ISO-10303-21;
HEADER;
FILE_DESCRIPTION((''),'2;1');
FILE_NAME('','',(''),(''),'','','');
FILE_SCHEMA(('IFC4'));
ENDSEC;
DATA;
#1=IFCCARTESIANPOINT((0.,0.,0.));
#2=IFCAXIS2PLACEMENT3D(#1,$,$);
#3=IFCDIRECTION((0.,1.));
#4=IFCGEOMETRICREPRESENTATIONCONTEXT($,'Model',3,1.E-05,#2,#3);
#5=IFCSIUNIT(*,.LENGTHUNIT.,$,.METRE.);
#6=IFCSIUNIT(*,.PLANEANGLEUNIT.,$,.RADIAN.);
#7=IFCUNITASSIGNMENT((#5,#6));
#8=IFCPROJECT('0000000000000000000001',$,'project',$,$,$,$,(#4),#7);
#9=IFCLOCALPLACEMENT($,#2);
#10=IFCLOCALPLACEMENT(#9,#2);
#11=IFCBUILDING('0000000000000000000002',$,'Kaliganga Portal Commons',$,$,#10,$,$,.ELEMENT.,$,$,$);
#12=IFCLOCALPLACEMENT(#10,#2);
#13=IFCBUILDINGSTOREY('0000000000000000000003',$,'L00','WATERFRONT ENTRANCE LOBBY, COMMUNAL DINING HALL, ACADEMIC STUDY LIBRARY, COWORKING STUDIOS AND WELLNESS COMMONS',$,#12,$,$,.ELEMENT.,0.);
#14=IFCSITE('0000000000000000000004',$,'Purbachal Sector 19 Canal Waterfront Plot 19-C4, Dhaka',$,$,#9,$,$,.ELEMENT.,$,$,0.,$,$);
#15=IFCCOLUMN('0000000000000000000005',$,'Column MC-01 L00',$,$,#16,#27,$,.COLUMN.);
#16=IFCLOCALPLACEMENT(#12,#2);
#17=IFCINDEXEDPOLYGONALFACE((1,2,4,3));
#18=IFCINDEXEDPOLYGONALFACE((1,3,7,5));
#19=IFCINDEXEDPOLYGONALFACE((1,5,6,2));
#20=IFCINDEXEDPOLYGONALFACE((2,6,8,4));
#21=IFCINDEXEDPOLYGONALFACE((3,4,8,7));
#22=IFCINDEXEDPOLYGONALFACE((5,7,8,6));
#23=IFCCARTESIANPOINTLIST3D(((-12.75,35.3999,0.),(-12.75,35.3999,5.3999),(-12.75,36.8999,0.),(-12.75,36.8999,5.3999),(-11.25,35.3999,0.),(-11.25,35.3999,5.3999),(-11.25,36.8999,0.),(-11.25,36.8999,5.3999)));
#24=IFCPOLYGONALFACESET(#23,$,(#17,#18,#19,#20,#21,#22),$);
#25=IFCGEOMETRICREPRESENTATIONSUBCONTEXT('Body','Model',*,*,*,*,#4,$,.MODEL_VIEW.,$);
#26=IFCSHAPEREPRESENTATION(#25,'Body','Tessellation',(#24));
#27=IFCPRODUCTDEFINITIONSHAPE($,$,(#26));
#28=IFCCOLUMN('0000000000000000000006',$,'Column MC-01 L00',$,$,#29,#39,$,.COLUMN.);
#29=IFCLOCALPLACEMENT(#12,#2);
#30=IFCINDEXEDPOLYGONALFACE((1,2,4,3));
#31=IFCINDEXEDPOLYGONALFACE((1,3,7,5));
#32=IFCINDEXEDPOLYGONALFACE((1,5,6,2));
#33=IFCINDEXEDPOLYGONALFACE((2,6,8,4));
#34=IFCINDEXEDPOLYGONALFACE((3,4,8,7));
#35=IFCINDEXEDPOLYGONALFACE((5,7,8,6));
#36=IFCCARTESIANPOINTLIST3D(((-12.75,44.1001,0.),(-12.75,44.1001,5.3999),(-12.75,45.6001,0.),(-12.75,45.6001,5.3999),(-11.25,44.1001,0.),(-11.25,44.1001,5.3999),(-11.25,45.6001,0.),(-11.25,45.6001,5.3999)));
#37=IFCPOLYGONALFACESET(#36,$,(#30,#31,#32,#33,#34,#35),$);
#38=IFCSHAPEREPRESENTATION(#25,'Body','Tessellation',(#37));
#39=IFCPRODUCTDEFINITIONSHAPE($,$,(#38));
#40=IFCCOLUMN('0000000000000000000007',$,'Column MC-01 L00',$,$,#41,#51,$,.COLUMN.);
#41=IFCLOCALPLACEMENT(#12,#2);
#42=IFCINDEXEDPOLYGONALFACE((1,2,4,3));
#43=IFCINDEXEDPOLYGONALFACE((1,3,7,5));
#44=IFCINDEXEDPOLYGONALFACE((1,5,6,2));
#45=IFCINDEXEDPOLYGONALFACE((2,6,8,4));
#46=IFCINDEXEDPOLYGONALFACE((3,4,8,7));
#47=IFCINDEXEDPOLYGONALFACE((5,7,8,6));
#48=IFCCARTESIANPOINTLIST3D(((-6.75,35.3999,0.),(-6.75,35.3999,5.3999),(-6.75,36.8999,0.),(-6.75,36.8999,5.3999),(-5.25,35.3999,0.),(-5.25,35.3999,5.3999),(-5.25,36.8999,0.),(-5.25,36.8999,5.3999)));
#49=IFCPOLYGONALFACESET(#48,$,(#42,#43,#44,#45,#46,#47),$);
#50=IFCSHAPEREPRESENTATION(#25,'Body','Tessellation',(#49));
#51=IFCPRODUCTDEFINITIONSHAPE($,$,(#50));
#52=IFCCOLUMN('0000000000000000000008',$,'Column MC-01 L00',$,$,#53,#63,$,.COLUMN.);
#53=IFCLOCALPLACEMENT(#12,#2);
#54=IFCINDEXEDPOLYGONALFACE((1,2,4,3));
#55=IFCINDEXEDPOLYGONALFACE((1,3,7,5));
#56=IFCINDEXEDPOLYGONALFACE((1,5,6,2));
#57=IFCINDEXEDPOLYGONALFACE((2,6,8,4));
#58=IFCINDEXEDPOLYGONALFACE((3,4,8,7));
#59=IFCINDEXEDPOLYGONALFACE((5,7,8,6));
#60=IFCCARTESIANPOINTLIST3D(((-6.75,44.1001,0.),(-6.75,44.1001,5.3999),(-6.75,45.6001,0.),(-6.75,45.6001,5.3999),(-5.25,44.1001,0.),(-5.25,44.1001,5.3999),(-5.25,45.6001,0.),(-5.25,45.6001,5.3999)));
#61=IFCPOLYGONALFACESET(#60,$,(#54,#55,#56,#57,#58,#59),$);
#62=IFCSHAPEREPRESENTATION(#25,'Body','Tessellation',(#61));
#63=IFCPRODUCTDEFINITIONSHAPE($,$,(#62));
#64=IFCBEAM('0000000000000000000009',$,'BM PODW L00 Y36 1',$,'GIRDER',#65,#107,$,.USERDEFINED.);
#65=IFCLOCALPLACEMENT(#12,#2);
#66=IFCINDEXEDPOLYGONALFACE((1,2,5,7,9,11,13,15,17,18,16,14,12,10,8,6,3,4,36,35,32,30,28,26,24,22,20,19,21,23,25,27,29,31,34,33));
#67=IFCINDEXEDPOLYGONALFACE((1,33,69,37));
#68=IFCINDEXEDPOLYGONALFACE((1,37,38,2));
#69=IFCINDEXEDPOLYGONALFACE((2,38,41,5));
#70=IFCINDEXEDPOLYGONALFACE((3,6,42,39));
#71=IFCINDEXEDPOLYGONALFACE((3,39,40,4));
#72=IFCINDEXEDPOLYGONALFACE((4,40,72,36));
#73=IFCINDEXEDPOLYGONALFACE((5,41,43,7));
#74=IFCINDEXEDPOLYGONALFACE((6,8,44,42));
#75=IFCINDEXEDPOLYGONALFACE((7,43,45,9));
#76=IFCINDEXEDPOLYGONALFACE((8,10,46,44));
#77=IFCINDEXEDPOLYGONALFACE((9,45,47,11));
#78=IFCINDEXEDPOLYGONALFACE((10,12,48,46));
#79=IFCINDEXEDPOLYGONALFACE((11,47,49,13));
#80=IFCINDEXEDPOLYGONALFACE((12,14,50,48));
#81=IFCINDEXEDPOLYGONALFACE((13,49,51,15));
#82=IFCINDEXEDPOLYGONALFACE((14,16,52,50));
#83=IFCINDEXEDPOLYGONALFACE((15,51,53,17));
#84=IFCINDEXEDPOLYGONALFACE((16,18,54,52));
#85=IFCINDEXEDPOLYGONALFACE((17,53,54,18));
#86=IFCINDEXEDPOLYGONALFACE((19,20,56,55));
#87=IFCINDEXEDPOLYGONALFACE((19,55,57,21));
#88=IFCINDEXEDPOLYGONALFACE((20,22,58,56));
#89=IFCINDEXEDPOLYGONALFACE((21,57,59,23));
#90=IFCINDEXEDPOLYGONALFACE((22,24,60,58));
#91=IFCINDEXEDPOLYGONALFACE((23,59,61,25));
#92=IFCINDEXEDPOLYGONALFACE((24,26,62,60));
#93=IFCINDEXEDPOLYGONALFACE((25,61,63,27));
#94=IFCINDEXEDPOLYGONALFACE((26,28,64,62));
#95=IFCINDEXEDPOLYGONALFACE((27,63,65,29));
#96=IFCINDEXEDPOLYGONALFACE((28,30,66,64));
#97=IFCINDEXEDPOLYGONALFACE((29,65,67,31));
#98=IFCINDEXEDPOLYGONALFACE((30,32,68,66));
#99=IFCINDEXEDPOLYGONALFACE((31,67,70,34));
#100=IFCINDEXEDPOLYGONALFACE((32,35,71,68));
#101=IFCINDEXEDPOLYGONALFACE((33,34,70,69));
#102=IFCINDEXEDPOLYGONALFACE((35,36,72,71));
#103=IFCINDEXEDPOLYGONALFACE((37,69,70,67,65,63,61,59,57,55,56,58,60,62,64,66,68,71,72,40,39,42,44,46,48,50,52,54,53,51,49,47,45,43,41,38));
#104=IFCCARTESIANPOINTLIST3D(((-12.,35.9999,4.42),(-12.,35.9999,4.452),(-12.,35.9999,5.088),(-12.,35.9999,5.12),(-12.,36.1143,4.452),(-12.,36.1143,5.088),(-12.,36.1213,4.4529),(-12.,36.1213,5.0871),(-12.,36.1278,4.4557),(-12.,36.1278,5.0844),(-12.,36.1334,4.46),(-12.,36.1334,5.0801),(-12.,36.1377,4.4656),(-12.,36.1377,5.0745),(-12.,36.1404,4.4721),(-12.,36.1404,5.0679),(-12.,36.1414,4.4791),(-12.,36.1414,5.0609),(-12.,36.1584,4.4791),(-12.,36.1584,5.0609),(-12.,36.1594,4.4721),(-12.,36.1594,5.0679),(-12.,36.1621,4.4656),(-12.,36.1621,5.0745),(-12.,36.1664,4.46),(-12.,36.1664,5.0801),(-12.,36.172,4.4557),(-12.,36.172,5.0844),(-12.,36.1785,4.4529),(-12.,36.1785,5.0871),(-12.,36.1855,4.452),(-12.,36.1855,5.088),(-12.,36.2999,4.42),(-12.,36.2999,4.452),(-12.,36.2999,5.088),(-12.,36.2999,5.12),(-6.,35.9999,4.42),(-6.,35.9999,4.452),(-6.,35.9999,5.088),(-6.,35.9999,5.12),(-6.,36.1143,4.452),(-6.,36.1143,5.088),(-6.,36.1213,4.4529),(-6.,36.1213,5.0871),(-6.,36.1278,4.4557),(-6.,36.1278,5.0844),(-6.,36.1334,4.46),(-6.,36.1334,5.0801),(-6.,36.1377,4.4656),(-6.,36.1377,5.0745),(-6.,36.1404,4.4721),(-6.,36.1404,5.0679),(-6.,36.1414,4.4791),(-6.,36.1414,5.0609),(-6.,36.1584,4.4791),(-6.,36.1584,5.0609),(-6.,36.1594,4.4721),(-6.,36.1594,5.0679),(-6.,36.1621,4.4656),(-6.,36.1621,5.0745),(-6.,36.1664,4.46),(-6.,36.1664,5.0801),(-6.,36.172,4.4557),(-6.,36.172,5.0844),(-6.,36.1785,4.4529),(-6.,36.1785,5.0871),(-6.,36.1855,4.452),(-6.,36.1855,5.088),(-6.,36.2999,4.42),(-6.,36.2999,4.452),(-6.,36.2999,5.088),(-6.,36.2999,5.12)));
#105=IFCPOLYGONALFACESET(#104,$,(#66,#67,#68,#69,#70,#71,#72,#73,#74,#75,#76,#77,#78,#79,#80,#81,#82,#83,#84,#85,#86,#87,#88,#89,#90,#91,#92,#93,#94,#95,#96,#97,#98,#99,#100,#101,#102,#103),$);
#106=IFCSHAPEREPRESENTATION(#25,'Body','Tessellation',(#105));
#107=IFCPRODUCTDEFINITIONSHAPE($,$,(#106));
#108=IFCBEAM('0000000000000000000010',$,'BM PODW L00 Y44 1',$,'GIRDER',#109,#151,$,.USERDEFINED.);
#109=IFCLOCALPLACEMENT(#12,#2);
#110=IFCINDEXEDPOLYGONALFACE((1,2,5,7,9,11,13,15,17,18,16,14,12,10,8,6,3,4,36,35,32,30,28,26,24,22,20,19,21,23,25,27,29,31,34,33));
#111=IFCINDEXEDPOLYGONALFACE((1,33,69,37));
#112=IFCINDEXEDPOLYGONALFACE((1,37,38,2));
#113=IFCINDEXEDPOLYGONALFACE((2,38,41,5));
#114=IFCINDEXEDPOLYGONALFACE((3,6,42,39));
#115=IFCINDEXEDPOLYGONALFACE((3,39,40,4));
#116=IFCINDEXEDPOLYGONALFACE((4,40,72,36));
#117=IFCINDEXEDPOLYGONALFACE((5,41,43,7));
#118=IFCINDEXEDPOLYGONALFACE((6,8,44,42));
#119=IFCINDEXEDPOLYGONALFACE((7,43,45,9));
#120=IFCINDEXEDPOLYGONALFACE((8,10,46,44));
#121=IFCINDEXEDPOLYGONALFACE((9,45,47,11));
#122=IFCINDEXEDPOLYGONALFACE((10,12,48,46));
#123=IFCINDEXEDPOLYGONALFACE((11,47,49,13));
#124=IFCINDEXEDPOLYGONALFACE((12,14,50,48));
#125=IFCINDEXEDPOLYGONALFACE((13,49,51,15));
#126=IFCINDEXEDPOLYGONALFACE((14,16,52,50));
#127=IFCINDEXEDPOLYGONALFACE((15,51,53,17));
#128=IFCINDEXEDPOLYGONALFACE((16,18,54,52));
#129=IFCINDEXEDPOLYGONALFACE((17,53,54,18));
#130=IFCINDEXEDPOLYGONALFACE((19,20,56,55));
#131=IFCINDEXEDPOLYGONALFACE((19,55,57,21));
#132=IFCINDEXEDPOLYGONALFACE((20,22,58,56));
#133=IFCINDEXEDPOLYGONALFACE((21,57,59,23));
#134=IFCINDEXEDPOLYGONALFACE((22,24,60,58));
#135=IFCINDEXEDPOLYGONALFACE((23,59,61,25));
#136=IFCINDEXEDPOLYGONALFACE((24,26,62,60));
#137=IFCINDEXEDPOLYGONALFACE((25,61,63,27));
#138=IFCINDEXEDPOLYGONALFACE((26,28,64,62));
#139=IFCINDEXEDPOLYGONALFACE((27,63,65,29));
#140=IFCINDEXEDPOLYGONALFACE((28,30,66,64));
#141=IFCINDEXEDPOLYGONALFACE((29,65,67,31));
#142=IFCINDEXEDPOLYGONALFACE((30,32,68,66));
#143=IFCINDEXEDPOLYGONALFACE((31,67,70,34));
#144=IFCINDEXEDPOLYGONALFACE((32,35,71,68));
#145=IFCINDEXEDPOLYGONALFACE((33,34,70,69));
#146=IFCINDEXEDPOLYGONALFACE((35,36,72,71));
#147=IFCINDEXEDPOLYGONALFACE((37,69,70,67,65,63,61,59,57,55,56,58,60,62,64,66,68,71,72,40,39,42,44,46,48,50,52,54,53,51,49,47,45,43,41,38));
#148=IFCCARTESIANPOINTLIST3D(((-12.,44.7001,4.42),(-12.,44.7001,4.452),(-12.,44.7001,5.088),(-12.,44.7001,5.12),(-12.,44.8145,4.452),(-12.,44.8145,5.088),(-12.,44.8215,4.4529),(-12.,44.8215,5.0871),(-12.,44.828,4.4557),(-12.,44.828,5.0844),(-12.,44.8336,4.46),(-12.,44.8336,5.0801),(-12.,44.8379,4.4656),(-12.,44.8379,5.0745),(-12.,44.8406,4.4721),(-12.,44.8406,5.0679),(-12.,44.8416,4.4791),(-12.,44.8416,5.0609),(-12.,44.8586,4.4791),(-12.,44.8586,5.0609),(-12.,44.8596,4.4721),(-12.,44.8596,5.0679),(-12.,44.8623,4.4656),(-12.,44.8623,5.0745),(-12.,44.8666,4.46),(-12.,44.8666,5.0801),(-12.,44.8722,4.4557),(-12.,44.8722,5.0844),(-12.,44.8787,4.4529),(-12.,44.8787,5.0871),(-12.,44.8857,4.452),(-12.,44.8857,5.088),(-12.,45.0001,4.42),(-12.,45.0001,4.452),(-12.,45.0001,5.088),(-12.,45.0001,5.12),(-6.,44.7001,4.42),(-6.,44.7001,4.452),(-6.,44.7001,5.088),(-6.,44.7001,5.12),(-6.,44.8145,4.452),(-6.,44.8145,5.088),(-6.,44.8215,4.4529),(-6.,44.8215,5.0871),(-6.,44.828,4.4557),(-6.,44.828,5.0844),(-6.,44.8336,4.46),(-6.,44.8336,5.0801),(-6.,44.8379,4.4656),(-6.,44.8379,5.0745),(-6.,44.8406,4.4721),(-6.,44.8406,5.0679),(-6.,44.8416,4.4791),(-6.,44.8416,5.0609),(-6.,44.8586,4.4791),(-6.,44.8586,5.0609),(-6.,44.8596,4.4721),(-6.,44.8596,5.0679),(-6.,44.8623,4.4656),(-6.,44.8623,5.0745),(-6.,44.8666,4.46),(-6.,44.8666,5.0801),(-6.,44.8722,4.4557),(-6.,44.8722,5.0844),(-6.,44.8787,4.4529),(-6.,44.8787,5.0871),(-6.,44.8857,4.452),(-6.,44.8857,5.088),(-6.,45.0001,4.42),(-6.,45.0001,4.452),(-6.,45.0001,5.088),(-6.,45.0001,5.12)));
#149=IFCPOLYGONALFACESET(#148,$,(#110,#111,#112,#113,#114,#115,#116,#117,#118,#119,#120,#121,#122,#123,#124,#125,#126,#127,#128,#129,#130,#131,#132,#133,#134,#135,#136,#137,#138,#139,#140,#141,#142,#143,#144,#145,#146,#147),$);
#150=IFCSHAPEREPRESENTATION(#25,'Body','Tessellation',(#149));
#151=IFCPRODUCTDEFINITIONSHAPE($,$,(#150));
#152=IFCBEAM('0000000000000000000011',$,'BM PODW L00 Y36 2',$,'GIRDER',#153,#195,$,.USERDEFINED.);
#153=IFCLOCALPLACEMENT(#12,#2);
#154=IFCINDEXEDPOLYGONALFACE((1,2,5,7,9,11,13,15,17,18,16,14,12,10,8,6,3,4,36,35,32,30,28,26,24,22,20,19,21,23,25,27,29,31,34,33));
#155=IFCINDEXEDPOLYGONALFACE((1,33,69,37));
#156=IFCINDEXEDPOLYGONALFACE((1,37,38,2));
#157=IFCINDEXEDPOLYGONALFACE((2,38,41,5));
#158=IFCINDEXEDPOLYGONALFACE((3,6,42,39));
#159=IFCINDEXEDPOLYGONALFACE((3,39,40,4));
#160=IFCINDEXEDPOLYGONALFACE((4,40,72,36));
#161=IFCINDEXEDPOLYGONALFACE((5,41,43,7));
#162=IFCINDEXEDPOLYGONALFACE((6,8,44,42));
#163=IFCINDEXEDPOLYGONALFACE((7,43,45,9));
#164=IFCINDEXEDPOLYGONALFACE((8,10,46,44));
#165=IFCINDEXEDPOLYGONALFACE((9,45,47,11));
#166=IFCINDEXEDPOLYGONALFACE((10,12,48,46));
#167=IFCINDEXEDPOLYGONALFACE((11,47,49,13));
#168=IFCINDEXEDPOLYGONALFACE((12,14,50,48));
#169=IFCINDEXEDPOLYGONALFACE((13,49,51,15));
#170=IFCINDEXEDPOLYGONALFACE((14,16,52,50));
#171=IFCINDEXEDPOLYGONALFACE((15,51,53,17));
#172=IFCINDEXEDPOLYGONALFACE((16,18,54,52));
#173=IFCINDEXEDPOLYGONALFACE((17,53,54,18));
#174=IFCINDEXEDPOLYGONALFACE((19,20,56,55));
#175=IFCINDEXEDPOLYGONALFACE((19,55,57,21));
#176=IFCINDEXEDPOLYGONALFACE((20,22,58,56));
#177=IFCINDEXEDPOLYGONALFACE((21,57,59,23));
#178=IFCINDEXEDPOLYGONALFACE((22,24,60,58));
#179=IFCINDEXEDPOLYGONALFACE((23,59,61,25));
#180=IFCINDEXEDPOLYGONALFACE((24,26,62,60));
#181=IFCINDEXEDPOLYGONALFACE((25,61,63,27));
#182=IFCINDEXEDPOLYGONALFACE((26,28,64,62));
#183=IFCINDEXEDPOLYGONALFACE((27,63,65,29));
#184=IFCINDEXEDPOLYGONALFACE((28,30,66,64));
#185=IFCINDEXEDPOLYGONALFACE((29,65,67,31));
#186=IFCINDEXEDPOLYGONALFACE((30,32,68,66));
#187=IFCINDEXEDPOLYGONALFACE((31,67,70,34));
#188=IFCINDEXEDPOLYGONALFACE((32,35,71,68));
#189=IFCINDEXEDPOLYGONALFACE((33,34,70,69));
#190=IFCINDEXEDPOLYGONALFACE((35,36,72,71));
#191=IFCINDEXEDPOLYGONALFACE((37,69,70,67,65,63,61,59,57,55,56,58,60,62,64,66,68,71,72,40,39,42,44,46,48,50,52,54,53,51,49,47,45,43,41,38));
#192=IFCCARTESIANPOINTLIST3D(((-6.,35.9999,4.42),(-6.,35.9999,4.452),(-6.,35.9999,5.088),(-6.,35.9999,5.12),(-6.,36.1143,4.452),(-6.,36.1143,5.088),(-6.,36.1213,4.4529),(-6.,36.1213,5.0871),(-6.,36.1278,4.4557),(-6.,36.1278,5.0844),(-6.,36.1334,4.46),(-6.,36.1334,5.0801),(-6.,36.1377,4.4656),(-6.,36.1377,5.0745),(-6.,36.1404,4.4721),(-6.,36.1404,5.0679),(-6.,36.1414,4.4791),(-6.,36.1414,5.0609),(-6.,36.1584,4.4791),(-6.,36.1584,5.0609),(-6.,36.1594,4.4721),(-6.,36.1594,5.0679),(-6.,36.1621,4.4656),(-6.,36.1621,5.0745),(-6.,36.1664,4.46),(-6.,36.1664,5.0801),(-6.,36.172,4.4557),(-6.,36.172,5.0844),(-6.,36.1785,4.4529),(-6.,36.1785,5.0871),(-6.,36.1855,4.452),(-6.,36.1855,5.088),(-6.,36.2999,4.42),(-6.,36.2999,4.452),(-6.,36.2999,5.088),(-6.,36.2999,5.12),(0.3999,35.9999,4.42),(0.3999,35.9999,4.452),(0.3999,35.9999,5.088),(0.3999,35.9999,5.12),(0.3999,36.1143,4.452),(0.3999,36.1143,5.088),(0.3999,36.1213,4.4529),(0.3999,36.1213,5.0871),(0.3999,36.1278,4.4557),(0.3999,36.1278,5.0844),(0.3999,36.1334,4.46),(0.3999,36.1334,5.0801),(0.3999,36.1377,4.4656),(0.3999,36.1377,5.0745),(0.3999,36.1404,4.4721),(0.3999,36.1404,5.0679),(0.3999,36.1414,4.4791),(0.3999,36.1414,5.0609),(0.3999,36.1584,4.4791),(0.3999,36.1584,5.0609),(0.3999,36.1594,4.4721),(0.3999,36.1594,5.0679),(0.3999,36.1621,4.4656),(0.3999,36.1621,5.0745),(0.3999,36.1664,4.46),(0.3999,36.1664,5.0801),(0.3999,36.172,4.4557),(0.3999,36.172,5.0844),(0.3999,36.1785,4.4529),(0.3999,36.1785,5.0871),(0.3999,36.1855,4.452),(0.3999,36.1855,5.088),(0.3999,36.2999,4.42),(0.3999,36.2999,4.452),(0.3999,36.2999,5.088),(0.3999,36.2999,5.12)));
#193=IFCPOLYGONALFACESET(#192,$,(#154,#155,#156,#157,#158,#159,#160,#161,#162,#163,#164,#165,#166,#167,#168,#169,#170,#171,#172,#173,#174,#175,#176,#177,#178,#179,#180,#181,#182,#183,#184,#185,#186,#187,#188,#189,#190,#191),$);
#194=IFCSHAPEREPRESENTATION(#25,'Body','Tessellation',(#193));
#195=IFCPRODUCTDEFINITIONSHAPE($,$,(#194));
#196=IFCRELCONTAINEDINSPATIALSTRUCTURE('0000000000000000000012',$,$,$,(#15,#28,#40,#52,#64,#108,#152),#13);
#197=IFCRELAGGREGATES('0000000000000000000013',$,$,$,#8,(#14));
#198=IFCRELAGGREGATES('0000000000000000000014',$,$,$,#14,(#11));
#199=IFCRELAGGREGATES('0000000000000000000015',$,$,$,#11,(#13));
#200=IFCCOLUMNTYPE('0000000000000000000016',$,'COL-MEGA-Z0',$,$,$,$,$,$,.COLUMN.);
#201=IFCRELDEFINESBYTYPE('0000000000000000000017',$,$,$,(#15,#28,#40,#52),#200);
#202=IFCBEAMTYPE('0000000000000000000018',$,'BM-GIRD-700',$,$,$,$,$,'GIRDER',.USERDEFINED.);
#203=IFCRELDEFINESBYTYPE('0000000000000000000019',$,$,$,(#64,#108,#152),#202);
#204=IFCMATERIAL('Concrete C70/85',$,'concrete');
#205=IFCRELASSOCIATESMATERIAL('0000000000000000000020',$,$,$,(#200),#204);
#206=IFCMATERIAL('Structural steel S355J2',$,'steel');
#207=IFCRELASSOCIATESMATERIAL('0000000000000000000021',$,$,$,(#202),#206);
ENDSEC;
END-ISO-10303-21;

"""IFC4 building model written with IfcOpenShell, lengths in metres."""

from ifc_helpers import new_model, si_unit, direction, frame, origin, origin_2d, place, context, subcontext, project, spatial, rectangle, i_section, extrude, source, transform, mapped, material, material_profile, profile_set, type_object, element, save


model = new_model("IFC4")

# Units and contexts
model_context = context("Model", 3, precision=1e-05, world=origin(), true_north=direction((0.0, 1.0)))
body_context = subcontext(model_context, "Body", "Model", "MODEL_VIEW")
ifc_project = project(units=[si_unit("LENGTHUNIT", "METRE"), si_unit("PLANEANGLEUNIT", "RADIAN")], contexts=[model_context])

# Site, building, storey
site_placement = place(None, origin())
site = spatial("IfcSite", under=ifc_project, at=site_placement, Name="Purbachal Sector 19 Canal Waterfront Plot 19-C4, Dhaka", CompositionType="ELEMENT", RefElevation=0.0)
building_placement = place(site_placement, origin())
building = spatial("IfcBuilding", under=site, at=building_placement, Name="Kaliganga Portal Commons", CompositionType="ELEMENT")
storey_placement = place(building_placement, origin())
storey = spatial("IfcBuildingStorey", under=building, at=storey_placement, Name="L00", Description="WATERFRONT ENTRANCE LOBBY, COMMUNAL DINING HALL, ACADEMIC STUDY LIBRARY, COWORKING STUDIOS AND WELLNESS COMMONS", CompositionType="ELEMENT", Elevation=0.0)

# Columns
ifc_material_1 = material(Name="Concrete C70/85", Category="concrete")
ifc_material_profile_1 = material_profile(ifc_material_1, rectangle(XDim=1.5, YDim=1.5, at=origin_2d()), Name="RC 1500x1500")
ifc_profile_set_1 = profile_set([ifc_material_profile_1], Name="Concrete C70/85")
column_type = type_object("IfcColumnType", Name="COL-MEGA-Z0", PredefinedType="COLUMN", material=ifc_profile_set_1)
shared_shape_1 = source(origin(), body_context, "Body", "SweptSolid", [
    extrude(rectangle(XDim=1.5, YDim=1.5, at=origin_2d()), origin(), (0.0, 0.0, 1.0), 5.3999),
])
for number, where, z_axis, x_axis, name in (
    (1, (-12.0, 36.1499, 0.0), (0.0, 0.0, 1.0), (1.0, 0.0, 0.0), "Column MC-01 L00"),
    (2, (-12.0, 44.8501, 0.0), (0.0, 0.0, 1.0), (1.0, 0.0, 0.0), "Column MC-01 L00"),
    (3, (-6.0, 36.1499, 0.0), (0.0, 0.0, 1.0), (1.0, 0.0, 0.0), "Column MC-01 L00"),
    (4, (-6.0, 44.8501, 0.0), (0.0, 0.0, 1.0), (1.0, 0.0, 0.0), "Column MC-01 L00"),
):
    element("IfcColumn", number, at=place(storey_placement, frame(where, z_axis=z_axis, x_axis=x_axis)), inside=storey, type_object=column_type, Name=name, PredefinedType="COLUMN", context=body_context, shape_type="MappedRepresentation", body=[
        mapped(shared_shape_1, transform((0.0, 0.0, 0.0), x_axis=(1.0, 0.0, 0.0), y_axis=(0.0, 1.0, 0.0), z_axis=(0.0, 0.0, 1.0), scale=1.0)),
    ])

# Beams
ifc_material_2 = material(Name="Structural steel S355J2", Category="steel")
ifc_material_profile_2 = material_profile(ifc_material_2, i_section(OverallWidth=0.3, OverallDepth=0.7, WebThickness=0.0171, FlangeThickness=0.032, FilletRadius=0.0271, at=origin_2d()), Name="HE 700 B")
ifc_profile_set_2 = profile_set([ifc_material_profile_2], Name="Structural steel S355J2 wide-flange")
beam_type_1 = type_object("IfcBeamType", Name="BM-GIRD-700", ElementType="GIRDER", PredefinedType="USERDEFINED", material=ifc_profile_set_2)
shared_shape_2 = source(origin(), body_context, "Body", "SweptSolid", [
    extrude(i_section(OverallWidth=0.3, OverallDepth=0.7, WebThickness=0.0171, FlangeThickness=0.032, FilletRadius=0.0271, at=origin_2d()), origin(), (0.0, 0.0, 1.0), 6.0),
])
for number, where, z_axis, x_axis, name in (
    (5, (-12.0, 36.1499, 4.77), (1.0, 0.0, 0.0), (0.0, 1.0, 0.0), "BM PODW L00 Y36 1"),
    (6, (-12.0, 44.8501, 4.77), (1.0, 0.0, 0.0), (0.0, 1.0, 0.0), "BM PODW L00 Y44 1"),
):
    element("IfcBeam", number, at=place(storey_placement, frame(where, z_axis=z_axis, x_axis=x_axis)), inside=storey, type_object=beam_type_1, Name=name, ObjectType="GIRDER", PredefinedType="USERDEFINED", context=body_context, shape_type="MappedRepresentation", body=[
        mapped(shared_shape_2, transform((0.0, 0.0, 0.0), x_axis=(1.0, 0.0, 0.0), y_axis=(0.0, 1.0, 0.0), z_axis=(0.0, 0.0, 1.0), scale=1.0)),
    ])
shared_shape_3 = source(origin(), body_context, "Body", "SweptSolid", [
    extrude(i_section(OverallWidth=0.3, OverallDepth=0.7, WebThickness=0.0171, FlangeThickness=0.032, FilletRadius=0.0271, at=origin_2d()), origin(), (0.0, 0.0, 1.0), 6.3999),
])
for number, where, z_axis, x_axis, name in (
    (7, (-6.0, 36.1499, 4.77), (1.0, 0.0, 0.0), (0.0, 1.0, 0.0), "BM PODW L00 Y36 2"),
):
    element("IfcBeam", number, at=place(storey_placement, frame(where, z_axis=z_axis, x_axis=x_axis)), inside=storey, type_object=beam_type_1, Name=name, ObjectType="GIRDER", PredefinedType="USERDEFINED", context=body_context, shape_type="MappedRepresentation", body=[
        mapped(shared_shape_3, transform((0.0, 0.0, 0.0), x_axis=(1.0, 0.0, 0.0), y_axis=(0.0, 1.0, 0.0), z_axis=(0.0, 0.0, 1.0), scale=1.0)),
    ])

save(model, "model.ifc")
